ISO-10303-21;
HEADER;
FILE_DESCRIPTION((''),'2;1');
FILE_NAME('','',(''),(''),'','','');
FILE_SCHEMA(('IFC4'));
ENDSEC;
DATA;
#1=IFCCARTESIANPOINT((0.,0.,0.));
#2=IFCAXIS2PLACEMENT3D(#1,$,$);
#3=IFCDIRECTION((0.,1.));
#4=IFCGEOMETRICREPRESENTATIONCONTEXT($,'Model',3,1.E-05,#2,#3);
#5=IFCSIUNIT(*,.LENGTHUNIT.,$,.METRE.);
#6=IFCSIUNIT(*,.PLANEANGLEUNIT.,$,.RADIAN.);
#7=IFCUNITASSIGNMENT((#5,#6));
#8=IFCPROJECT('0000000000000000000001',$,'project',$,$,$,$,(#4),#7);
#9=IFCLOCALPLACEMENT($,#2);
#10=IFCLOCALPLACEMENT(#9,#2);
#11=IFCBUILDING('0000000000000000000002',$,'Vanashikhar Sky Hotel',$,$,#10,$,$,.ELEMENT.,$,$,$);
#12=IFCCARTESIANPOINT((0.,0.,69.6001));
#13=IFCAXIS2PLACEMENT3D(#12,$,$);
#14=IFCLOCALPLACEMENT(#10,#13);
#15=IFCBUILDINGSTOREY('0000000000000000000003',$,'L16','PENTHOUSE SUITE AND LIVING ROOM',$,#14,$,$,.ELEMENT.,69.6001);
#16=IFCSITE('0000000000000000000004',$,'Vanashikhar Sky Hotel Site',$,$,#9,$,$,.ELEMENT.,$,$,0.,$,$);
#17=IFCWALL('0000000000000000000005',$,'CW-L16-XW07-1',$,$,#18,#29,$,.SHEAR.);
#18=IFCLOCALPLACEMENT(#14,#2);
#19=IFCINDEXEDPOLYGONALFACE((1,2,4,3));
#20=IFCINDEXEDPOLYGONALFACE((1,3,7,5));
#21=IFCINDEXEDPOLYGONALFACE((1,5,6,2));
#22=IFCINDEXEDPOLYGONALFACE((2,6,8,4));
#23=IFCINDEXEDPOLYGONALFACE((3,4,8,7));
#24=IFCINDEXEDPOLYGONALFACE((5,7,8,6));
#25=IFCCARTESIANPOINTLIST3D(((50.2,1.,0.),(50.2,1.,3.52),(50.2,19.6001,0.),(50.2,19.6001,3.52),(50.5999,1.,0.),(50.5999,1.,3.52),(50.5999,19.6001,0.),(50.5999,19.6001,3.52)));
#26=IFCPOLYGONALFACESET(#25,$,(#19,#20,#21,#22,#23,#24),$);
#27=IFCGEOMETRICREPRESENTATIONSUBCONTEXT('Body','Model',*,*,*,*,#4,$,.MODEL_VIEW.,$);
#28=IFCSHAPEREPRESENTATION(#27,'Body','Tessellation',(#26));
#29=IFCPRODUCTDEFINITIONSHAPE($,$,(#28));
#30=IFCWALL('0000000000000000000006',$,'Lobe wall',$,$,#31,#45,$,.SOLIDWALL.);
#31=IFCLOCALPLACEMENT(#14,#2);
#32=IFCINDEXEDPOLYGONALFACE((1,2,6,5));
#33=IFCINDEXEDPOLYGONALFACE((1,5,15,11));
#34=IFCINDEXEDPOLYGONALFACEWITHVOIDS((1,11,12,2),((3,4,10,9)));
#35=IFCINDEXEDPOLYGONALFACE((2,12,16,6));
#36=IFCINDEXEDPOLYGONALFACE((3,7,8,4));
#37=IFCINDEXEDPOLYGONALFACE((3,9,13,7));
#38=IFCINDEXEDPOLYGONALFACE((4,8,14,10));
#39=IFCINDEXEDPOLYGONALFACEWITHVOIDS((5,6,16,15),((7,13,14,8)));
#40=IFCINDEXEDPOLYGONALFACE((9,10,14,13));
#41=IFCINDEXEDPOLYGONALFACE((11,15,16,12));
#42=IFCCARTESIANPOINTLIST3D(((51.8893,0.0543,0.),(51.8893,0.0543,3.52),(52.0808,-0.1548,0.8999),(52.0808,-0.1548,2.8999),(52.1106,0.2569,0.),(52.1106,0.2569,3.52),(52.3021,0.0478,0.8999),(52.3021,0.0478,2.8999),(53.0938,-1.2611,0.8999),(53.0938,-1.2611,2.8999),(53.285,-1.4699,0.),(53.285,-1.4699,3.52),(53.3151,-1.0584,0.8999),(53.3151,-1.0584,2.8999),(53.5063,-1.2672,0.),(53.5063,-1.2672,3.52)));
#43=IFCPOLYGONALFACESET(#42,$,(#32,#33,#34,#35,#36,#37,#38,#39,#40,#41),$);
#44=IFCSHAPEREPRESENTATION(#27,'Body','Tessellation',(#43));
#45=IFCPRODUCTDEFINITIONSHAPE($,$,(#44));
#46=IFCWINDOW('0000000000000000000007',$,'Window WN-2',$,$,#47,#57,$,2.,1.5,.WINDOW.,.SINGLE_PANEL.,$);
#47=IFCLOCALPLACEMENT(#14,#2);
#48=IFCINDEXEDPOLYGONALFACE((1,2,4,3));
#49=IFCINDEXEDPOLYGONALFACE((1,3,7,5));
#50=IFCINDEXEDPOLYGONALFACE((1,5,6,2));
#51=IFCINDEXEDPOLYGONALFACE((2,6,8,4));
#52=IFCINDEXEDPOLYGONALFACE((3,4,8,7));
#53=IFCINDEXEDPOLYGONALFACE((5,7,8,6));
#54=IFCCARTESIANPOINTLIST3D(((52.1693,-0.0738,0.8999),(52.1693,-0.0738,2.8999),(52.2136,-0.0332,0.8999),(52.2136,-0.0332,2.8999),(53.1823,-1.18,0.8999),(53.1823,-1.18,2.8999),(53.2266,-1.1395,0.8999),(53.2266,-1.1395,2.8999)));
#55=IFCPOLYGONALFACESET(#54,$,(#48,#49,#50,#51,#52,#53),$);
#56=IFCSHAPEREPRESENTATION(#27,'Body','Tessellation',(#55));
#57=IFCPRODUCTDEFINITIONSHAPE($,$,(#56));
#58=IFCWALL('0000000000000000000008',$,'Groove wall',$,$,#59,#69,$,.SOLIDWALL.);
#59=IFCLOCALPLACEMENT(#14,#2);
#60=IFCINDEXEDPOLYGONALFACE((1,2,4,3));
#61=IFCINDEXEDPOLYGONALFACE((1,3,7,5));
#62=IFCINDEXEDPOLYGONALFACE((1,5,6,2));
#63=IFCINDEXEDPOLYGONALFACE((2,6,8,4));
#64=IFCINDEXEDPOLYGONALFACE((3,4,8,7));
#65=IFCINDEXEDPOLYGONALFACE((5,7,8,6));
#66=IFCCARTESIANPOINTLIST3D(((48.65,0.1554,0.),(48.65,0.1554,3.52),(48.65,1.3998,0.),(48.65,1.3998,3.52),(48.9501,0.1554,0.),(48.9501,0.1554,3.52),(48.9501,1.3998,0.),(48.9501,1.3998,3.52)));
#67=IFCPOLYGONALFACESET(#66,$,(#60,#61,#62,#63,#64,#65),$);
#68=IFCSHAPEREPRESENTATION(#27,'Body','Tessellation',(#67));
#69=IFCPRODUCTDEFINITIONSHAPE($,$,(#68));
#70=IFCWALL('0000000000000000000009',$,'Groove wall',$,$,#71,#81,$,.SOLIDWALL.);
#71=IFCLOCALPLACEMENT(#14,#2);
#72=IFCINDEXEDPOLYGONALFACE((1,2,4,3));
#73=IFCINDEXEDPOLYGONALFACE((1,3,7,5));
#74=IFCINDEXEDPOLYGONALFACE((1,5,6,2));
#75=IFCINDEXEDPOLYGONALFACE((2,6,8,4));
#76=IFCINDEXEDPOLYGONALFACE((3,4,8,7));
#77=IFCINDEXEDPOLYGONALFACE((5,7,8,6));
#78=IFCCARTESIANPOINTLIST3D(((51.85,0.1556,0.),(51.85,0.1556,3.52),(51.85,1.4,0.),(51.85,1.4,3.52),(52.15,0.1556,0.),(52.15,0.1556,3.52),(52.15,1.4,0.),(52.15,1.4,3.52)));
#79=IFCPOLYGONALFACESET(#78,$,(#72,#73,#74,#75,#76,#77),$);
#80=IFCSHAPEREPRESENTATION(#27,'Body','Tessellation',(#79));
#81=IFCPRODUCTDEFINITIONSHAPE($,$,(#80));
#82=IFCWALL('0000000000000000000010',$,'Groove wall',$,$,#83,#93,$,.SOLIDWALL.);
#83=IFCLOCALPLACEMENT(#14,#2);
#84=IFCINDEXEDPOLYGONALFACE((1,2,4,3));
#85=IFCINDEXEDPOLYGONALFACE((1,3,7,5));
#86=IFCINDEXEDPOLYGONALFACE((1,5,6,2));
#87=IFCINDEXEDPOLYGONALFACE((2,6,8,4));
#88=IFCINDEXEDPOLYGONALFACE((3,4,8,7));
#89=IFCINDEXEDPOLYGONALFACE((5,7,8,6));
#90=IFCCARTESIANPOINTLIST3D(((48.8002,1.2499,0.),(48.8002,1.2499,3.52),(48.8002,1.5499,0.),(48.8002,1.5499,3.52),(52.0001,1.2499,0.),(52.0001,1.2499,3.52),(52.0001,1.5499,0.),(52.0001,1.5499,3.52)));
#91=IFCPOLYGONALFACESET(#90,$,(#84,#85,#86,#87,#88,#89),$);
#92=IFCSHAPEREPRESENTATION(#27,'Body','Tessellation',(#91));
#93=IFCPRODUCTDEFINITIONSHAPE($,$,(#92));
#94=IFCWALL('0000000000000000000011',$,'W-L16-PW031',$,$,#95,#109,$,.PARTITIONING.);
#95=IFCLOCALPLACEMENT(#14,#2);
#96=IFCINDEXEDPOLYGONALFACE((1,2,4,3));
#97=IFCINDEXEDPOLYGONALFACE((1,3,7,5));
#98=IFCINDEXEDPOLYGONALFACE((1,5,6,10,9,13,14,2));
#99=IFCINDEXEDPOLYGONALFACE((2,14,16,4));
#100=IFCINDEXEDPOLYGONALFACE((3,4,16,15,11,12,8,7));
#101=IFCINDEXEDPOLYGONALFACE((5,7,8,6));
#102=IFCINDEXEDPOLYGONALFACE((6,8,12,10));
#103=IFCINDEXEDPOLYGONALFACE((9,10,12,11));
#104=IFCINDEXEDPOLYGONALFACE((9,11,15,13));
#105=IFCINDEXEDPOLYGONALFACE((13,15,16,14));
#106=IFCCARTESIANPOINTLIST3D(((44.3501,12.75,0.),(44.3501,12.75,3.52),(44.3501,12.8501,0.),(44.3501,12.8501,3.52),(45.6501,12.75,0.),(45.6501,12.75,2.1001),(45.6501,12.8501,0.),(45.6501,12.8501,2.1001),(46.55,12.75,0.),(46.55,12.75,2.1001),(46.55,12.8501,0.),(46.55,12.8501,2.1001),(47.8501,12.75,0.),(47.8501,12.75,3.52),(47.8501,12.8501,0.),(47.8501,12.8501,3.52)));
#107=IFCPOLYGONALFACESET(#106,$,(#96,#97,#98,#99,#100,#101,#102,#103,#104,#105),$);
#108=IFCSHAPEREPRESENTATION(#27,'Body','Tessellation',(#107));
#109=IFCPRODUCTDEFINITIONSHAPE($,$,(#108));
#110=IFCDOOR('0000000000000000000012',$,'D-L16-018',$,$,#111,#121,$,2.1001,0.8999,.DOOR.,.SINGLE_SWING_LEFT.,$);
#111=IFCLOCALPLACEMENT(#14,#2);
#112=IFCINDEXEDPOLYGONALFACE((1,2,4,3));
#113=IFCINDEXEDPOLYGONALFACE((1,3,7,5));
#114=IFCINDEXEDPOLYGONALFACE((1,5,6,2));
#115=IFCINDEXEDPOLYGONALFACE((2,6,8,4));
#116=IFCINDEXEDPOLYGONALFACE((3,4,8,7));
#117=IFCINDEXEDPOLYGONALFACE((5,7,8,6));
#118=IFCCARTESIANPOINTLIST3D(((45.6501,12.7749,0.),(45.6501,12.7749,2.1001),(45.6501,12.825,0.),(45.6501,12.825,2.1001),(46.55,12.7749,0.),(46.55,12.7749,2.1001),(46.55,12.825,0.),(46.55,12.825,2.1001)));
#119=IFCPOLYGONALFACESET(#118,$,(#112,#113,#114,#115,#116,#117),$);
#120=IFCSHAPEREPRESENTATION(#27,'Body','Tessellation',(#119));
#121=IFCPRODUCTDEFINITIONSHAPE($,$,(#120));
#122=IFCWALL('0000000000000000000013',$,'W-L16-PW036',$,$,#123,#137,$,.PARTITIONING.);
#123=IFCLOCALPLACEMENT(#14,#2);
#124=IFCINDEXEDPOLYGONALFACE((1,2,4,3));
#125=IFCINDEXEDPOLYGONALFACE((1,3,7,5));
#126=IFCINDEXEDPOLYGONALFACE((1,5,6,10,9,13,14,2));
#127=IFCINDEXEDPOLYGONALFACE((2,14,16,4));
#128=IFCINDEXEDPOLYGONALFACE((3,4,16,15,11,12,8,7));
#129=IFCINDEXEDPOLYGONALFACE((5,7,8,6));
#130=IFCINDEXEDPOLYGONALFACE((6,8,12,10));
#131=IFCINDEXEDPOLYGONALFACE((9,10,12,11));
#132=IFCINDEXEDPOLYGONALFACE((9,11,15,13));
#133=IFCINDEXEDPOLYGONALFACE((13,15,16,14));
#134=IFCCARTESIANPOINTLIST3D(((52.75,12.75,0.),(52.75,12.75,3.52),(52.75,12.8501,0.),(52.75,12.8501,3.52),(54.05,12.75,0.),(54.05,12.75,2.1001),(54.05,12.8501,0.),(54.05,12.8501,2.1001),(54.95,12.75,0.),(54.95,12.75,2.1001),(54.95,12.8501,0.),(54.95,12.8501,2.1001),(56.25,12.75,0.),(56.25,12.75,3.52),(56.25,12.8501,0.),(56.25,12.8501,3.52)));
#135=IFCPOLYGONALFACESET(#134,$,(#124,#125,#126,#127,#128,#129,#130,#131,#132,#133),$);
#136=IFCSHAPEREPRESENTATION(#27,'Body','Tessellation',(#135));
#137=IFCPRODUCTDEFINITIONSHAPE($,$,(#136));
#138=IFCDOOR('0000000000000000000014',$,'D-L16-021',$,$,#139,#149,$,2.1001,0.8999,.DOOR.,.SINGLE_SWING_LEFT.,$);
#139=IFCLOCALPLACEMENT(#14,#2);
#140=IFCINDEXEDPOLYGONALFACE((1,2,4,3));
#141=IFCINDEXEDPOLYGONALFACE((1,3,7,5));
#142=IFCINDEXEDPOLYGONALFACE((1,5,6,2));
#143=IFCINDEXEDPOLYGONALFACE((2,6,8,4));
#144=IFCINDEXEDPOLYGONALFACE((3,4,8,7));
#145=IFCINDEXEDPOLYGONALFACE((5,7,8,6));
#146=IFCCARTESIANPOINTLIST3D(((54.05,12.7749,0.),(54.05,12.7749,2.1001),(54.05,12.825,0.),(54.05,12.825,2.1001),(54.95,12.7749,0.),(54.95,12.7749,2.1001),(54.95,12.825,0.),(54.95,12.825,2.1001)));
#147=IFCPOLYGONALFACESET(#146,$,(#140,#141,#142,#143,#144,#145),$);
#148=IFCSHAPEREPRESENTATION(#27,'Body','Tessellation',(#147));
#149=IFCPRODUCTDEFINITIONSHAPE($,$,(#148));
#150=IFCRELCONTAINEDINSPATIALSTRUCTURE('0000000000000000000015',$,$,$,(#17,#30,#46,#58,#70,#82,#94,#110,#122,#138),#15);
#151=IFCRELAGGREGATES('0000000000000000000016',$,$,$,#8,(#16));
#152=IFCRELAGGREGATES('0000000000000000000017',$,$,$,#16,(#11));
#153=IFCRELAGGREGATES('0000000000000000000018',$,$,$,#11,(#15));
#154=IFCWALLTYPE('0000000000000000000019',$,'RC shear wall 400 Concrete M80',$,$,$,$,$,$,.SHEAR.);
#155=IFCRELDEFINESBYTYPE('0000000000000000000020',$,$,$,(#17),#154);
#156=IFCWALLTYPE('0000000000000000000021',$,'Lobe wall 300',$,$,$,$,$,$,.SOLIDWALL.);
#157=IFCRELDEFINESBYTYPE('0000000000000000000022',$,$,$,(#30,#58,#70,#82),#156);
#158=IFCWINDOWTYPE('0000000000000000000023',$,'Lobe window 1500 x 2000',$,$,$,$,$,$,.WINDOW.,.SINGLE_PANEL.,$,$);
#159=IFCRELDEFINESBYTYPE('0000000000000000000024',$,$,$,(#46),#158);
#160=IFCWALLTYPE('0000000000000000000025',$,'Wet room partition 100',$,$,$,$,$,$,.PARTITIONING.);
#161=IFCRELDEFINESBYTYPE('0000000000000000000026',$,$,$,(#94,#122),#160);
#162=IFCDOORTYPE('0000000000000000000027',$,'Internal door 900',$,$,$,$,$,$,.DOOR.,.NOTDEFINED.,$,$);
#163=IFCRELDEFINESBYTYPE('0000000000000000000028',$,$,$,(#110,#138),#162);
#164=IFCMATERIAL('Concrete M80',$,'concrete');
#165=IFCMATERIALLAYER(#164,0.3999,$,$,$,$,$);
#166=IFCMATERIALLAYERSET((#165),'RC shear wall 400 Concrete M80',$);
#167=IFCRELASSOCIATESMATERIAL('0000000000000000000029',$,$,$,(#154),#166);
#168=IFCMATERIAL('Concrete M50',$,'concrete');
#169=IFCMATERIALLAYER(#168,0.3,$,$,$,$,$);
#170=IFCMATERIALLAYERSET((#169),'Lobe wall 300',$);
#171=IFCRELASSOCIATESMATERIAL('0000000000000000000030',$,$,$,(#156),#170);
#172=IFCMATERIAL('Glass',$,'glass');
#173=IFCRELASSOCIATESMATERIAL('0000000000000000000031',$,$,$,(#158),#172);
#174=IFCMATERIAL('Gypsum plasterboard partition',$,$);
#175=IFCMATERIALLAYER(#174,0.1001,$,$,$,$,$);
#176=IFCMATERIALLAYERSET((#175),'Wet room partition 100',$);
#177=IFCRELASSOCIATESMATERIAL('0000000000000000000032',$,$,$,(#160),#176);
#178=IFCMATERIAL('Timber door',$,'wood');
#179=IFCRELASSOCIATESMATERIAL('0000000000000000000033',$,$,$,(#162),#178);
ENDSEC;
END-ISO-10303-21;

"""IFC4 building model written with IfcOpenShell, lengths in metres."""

from ifc_helpers import new_model, si_unit, direction, frame, frame_2d, origin, place, context, subcontext, project, spatial, rectangle, extrude, source, transform, mapped, material, layer, layer_set, type_object, element, fill, save


model = new_model("IFC4")

# Units and contexts
model_context = context("Model", 3, precision=1e-05, world=origin(), true_north=direction((0.0, 1.0)))
body_context = subcontext(model_context, "Body", "Model", "MODEL_VIEW")
ifc_project = project(units=[si_unit("LENGTHUNIT", "METRE"), si_unit("PLANEANGLEUNIT", "RADIAN")], contexts=[model_context])

# Site, building, storey
site_placement = place(None, origin())
site = spatial("IfcSite", under=ifc_project, at=site_placement, Name="Vanashikhar Sky Hotel Site", CompositionType="ELEMENT", RefElevation=0.0)
building_placement = place(site_placement, origin())
building = spatial("IfcBuilding", under=site, at=building_placement, Name="Vanashikhar Sky Hotel", CompositionType="ELEMENT")
storey_placement = place(building_placement, frame((0.0, 0.0, 69.6001)))
storey = spatial("IfcBuildingStorey", under=building, at=storey_placement, Name="L16", Description="PENTHOUSE SUITE AND LIVING ROOM", CompositionType="ELEMENT", Elevation=69.6001)

# Wall
ifc_material_1 = material(Name="Concrete M80", Category="concrete")
ifc_layer_1 = layer(ifc_material_1, 0.3999)
ifc_layer_set_1 = layer_set([ifc_layer_1], Name="RC shear wall 400 Concrete M80")
wall_type_1 = type_object("IfcWallType", Name="RC shear wall 400 Concrete M80", PredefinedType="SHEAR", material=ifc_layer_set_1)
shared_shape_1 = source(origin(), body_context, "Body", "SweptSolid", [
    extrude(rectangle(XDim=18.6001, YDim=0.3999, at=frame_2d((9.3, 0.0))), origin(), (0.0, 0.0, 1.0), 3.52),
])
wall_1_placement = place(storey_placement, frame((50.3999, 1.0, 0.0), z_axis=(0.0, 0.0, 1.0), x_axis=(0.0, 1.0, 0.0)))
element("IfcWall", 1, at=wall_1_placement, inside=storey, type_object=wall_type_1, Name="CW-L16-XW07-1", PredefinedType="SHEAR", context=body_context, shape_type="MappedRepresentation", body=[
    mapped(shared_shape_1, transform((0.0, 0.0, 0.0), scale=1.0)),
])

# Wall, opening, window
ifc_material_2 = material(Name="Concrete M50", Category="concrete")
ifc_layer_2 = layer(ifc_material_2, 0.3)
ifc_layer_set_2 = layer_set([ifc_layer_2], Name="Lobe wall 300")
wall_type_2 = type_object("IfcWallType", Name="Lobe wall 300", PredefinedType="SOLIDWALL", material=ifc_layer_set_2)
shared_shape_2 = source(origin(), body_context, "Body", "SweptSolid", [
    extrude(rectangle(XDim=2.0667, YDim=0.3, at=frame_2d((1.0332, 0.0))), origin(), (0.0, 0.0, 1.0), 3.52),
])
wall_2_placement = place(storey_placement, frame((52.0, 0.1555, 0.0), z_axis=(0.0, 0.0, 1.0), x_axis=(0.675355, -0.737492, 0.0)))
wall_2 = element("IfcWall", 2, at=wall_2_placement, inside=storey, type_object=wall_type_2, Name="Lobe wall", PredefinedType="SOLIDWALL", context=body_context, shape_type="MappedRepresentation", body=[
    mapped(shared_shape_2, transform((0.0, 0.0, 0.0), scale=1.0)),
])
shared_shape_3 = source(origin(), body_context, "Body", "SweptSolid", [
    extrude(rectangle(XDim=1.5, YDim=2.0, at=frame_2d((0.75, 1.0))), frame((0.0, 0.1602, 0.0), z_axis=(0.0, -1.0, 0.0), x_axis=(1.0, 0.0, 0.0)), (0.0, 0.0, 1.0), 0.3201),
])
opening_1_placement = place(wall_2_placement, frame((0.2834, 0.0, 0.8999)))
opening_1 = element("IfcOpeningElement", 3, at=opening_1_placement, cuts=wall_2, PredefinedType="OPENING", context=body_context, shape_type="MappedRepresentation", body=[
    mapped(shared_shape_3, transform((0.0, 0.0, 0.0), scale=1.0)),
])
ifc_material_3 = material(Name="Glass", Category="glass")
window_type = type_object("IfcWindowType", Name="Lobe window 1500 x 2000", PartitioningType="SINGLE_PANEL", PredefinedType="WINDOW", material=ifc_material_3)
shared_shape_4 = source(origin(), body_context, "Body", "SweptSolid", [
    extrude(rectangle(XDim=1.5, YDim=2.0, at=frame_2d((0.75, 1.0))), frame((0.0, 0.03, 0.0), z_axis=(0.0, -1.0, 0.0), x_axis=(1.0, 0.0, 0.0)), (0.0, 0.0, 1.0), 0.0601),
])
window_placement = place(opening_1_placement, origin())
window = element("IfcWindow", 4, at=window_placement, inside=storey, type_object=window_type, Name="Window WN-2", OverallHeight=2.0, OverallWidth=1.5, PartitioningType="SINGLE_PANEL", PredefinedType="WINDOW", context=body_context, shape_type="MappedRepresentation", body=[
    mapped(shared_shape_4, transform((0.0, 0.0, 0.0), scale=1.0)),
])
fill(opening_1, window)

# Walls
shared_shape_5 = source(origin(), body_context, "Body", "SweptSolid", [
    extrude(rectangle(XDim=1.2444, YDim=0.3, at=frame_2d((0.6221, 0.0))), origin(), (0.0, 0.0, 1.0), 3.52),
])
for number, where, z_axis, x_axis, name in (
    (5, (48.8, 0.1555, 0.0), (0.0, 0.0, 1.0), (0.0, 1.0, 0.0), "Groove wall"),
    (6, (52.0, 1.3999, 0.0), (0.0, 0.0, 1.0), (0.0, -1.0, 0.0), "Groove wall"),
):
    element("IfcWall", number, at=place(storey_placement, frame(where, z_axis=z_axis, x_axis=x_axis)), inside=storey, type_object=wall_type_2, Name=name, PredefinedType="SOLIDWALL", context=body_context, shape_type="MappedRepresentation", body=[
        mapped(shared_shape_5, transform((0.0, 0.0, 0.0), scale=1.0)),
    ])
shared_shape_6 = source(origin(), body_context, "Body", "SweptSolid", [
    extrude(rectangle(XDim=3.2, YDim=0.3, at=frame_2d((1.6001, 0.0))), origin(), (0.0, 0.0, 1.0), 3.52),
])
wall_3_placement = place(storey_placement, frame((48.8, 1.3999, 0.0), z_axis=(0.0, 0.0, 1.0), x_axis=(1.0, 0.0, 0.0)))
element("IfcWall", 7, at=wall_3_placement, inside=storey, type_object=wall_type_2, Name="Groove wall", PredefinedType="SOLIDWALL", context=body_context, shape_type="MappedRepresentation", body=[
    mapped(shared_shape_6, transform((0.0, 0.0, 0.0), scale=1.0)),
])

# Walls, openings, doors
ifc_material_4 = material(Name="Gypsum plasterboard partition")
ifc_layer_3 = layer(ifc_material_4, 0.1001)
ifc_layer_set_3 = layer_set([ifc_layer_3], Name="Wet room partition 100")
wall_type_3 = type_object("IfcWallType", Name="Wet room partition 100", PredefinedType="PARTITIONING", material=ifc_layer_set_3)
shared_shape_7 = source(origin(), body_context, "Body", "SweptSolid", [
    extrude(rectangle(XDim=3.5, YDim=0.1001, at=frame_2d((1.75, 0.0))), origin(), (0.0, 0.0, 1.0), 3.52),
])
wall_4_placement = place(storey_placement, frame((44.3501, 12.8, 0.0), z_axis=(0.0, 0.0, 1.0), x_axis=(1.0, 0.0, 0.0)))
wall_4 = element("IfcWall", 8, at=wall_4_placement, inside=storey, type_object=wall_type_3, Name="W-L16-PW031", PredefinedType="PARTITIONING", context=body_context, shape_type="MappedRepresentation", body=[
    mapped(shared_shape_7, transform((0.0, 0.0, 0.0), scale=1.0)),
])
shared_shape_8 = source(origin(), body_context, "Body", "SweptSolid", [
    extrude(rectangle(XDim=0.8999, YDim=2.1001, at=frame_2d((0.45, 1.05))), frame((0.0, 0.0601, 0.0), z_axis=(0.0, -1.0, 0.0), x_axis=(1.0, 0.0, 0.0)), (0.0, 0.0, 1.0), 0.1201),
])
opening_2_placement = place(wall_4_placement, frame((1.3, 0.0, 0.0)))
opening_2 = element("IfcOpeningElement", 9, at=opening_2_placement, cuts=wall_4, PredefinedType="OPENING", context=body_context, shape_type="MappedRepresentation", body=[
    mapped(shared_shape_8, transform((0.0, 0.0, 0.0), scale=1.0)),
])
ifc_material_5 = material(Name="Timber door", Category="wood")
door_type_1 = type_object("IfcDoorType", Name="Internal door 900", OperationType="NOTDEFINED", PredefinedType="DOOR", material=ifc_material_5)
shared_shape_9 = source(origin(), body_context, "Body", "SweptSolid", [
    extrude(rectangle(XDim=0.8999, YDim=2.1001, at=frame_2d((0.45, 1.05))), frame((0.0, 0.0249, 0.0), z_axis=(0.0, -1.0, 0.0), x_axis=(1.0, 0.0, 0.0)), (0.0, 0.0, 1.0), 0.05),
])
door_1_placement = place(opening_2_placement, origin())
door_1 = element("IfcDoor", 10, at=door_1_placement, inside=storey, type_object=door_type_1, Name="D-L16-018", OperationType="SINGLE_SWING_LEFT", OverallHeight=2.1001, OverallWidth=0.8999, PredefinedType="DOOR", context=body_context, shape_type="MappedRepresentation", body=[
    mapped(shared_shape_9, transform((0.0, 0.0, 0.0), scale=1.0)),
])
fill(opening_2, door_1)
wall_5_placement = place(storey_placement, frame((52.75, 12.8, 0.0), z_axis=(0.0, 0.0, 1.0), x_axis=(1.0, 0.0, 0.0)))
wall_5 = element("IfcWall", 11, at=wall_5_placement, inside=storey, type_object=wall_type_3, Name="W-L16-PW036", PredefinedType="PARTITIONING", context=body_context, shape_type="MappedRepresentation", body=[
    mapped(shared_shape_7, transform((0.0, 0.0, 0.0), scale=1.0)),
])
opening_3_placement = place(wall_5_placement, frame((1.3, 0.0, 0.0)))
opening_3 = element("IfcOpeningElement", 12, at=opening_3_placement, cuts=wall_5, PredefinedType="OPENING", context=body_context, shape_type="MappedRepresentation", body=[
    mapped(shared_shape_8, transform((0.0, 0.0, 0.0), scale=1.0)),
])
door_2_placement = place(opening_3_placement, origin())
door_2 = element("IfcDoor", 13, at=door_2_placement, inside=storey, type_object=door_type_1, Name="D-L16-021", OperationType="SINGLE_SWING_LEFT", OverallHeight=2.1001, OverallWidth=0.8999, PredefinedType="DOOR", context=body_context, shape_type="MappedRepresentation", body=[
    mapped(shared_shape_9, transform((0.0, 0.0, 0.0), scale=1.0)),
])
fill(opening_3, door_2)

save(model, "model.ifc")
